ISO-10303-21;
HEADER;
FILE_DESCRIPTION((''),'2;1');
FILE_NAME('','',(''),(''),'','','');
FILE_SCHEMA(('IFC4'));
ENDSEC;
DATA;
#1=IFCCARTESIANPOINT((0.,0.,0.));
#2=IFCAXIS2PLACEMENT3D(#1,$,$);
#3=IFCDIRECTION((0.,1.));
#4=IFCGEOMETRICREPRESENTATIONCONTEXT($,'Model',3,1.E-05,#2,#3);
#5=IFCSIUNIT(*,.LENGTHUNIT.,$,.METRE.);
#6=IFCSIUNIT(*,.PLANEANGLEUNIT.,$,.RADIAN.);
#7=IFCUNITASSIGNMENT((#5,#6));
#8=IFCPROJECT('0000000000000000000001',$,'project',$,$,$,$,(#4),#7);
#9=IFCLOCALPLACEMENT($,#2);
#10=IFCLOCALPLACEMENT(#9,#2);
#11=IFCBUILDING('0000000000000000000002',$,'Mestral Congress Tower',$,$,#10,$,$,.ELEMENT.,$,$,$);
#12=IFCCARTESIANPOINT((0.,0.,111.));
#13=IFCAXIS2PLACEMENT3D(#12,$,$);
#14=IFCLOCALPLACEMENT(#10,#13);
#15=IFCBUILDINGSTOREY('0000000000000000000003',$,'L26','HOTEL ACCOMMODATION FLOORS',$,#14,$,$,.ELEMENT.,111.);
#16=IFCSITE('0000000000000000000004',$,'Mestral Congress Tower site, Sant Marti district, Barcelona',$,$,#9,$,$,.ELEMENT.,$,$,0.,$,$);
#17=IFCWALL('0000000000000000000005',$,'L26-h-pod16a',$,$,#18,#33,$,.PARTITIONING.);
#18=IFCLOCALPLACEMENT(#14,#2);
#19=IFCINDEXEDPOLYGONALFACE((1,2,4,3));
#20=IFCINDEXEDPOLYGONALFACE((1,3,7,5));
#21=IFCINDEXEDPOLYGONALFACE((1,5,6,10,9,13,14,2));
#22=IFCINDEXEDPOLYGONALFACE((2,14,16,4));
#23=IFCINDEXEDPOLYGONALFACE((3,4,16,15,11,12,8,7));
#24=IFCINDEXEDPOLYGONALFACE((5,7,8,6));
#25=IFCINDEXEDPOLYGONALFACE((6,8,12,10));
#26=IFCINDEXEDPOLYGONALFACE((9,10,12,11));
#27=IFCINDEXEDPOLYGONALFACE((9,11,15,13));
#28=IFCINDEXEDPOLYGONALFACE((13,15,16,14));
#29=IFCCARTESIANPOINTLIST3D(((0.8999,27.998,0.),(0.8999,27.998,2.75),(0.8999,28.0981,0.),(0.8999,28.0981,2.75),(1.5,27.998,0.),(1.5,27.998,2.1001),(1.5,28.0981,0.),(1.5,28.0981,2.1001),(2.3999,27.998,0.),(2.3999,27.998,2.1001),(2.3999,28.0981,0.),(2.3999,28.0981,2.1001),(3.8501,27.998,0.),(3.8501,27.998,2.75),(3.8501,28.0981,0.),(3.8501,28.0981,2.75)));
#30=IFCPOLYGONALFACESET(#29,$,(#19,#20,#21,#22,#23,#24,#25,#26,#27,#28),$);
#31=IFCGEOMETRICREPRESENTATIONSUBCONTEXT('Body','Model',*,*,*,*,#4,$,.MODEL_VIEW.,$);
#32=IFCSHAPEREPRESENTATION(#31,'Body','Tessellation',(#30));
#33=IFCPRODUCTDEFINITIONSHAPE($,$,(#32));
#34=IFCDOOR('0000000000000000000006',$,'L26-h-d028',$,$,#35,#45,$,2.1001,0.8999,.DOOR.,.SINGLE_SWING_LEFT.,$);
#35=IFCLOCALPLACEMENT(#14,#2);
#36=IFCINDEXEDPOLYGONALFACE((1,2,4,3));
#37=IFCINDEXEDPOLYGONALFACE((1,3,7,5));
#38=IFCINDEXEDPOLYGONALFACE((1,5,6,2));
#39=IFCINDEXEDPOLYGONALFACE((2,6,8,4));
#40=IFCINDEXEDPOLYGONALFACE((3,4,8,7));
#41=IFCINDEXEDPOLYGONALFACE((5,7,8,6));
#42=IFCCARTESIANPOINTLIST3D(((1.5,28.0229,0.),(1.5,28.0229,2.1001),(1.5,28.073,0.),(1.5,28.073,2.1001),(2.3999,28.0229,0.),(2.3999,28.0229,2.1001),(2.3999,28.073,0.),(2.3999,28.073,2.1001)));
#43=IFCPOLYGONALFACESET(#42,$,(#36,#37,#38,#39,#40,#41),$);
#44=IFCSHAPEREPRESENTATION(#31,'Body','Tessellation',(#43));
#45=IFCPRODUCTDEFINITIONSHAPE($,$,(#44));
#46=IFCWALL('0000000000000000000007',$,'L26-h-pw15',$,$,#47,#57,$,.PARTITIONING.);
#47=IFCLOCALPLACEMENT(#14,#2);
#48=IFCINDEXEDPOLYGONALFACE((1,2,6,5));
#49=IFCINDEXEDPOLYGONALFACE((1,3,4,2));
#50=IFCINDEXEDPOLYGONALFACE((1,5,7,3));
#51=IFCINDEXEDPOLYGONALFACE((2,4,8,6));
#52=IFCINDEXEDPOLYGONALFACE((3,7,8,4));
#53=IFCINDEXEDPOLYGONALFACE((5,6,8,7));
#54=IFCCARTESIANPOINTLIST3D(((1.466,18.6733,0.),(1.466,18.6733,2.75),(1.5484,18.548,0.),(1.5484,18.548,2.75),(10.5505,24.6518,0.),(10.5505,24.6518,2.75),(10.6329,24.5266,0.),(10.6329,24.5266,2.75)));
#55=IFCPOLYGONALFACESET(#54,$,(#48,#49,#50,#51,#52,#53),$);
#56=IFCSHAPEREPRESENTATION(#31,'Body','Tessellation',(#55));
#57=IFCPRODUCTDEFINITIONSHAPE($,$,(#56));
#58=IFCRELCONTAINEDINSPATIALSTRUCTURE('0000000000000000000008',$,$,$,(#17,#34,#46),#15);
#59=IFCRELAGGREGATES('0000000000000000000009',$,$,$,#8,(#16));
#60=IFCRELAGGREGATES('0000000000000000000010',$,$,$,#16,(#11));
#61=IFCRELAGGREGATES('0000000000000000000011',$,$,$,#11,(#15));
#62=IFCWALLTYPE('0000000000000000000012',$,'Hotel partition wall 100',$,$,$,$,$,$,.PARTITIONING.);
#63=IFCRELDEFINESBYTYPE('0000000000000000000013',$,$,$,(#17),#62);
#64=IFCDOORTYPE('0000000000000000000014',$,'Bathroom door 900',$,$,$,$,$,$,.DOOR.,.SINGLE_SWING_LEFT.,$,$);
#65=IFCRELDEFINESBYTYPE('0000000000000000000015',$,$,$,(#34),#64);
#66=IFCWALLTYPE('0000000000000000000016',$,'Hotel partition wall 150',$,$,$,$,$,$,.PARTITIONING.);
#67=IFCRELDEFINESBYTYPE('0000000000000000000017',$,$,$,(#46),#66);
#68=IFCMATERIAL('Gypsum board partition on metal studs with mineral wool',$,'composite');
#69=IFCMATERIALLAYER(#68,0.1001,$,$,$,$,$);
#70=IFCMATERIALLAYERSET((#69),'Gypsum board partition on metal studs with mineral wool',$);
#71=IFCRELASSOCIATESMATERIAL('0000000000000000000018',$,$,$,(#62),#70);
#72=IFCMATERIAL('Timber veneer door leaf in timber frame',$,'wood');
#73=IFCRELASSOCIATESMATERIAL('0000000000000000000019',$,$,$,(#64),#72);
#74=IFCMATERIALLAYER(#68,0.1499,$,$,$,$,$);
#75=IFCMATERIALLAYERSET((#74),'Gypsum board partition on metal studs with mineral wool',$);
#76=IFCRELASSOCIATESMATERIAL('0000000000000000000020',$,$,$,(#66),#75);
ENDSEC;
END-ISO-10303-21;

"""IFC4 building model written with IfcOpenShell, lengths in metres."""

from ifc_helpers import new_model, si_unit, direction, frame, frame_2d, origin, place, context, subcontext, project, spatial, rectangle, extrude, material, layer, layer_set, type_object, element, fill, save


model = new_model("IFC4")

# Units and contexts
model_context = context("Model", 3, precision=1e-05, world=origin(), true_north=direction((0.0, 1.0)))
body_context = subcontext(model_context, "Body", "Model", "MODEL_VIEW")
ifc_project = project(units=[si_unit("LENGTHUNIT", "METRE"), si_unit("PLANEANGLEUNIT", "RADIAN")], contexts=[model_context])

# Site, building, storey
site_placement = place(None, origin())
site = spatial("IfcSite", under=ifc_project, at=site_placement, Name="Mestral Congress Tower site, Sant Marti district, Barcelona", CompositionType="ELEMENT", RefElevation=0.0)
building_placement = place(site_placement, origin())
building = spatial("IfcBuilding", under=site, at=building_placement, Name="Mestral Congress Tower", CompositionType="ELEMENT")
storey_placement = place(building_placement, frame((0.0, 0.0, 111.0)))
storey = spatial("IfcBuildingStorey", under=building, at=storey_placement, Name="L26", Description="HOTEL ACCOMMODATION FLOORS", CompositionType="ELEMENT", Elevation=111.0)

# Shared definitions
ifc_material_1 = material(Name="Gypsum board partition on metal studs with mineral wool", Category="composite")
ifc_layer_1 = layer(ifc_material_1, 0.1001)
ifc_layer_set_1 = layer_set([ifc_layer_1], Name="Gypsum board partition on metal studs with mineral wool")
wall_type_1 = type_object("IfcWallType", Name="Hotel partition wall 100", PredefinedType="PARTITIONING", material=ifc_layer_set_1)
ifc_material_2 = material(Name="Timber veneer door leaf in timber frame", Category="wood")
door_type = type_object("IfcDoorType", Name="Bathroom door 900", OperationType="SINGLE_SWING_LEFT", PredefinedType="DOOR", material=ifc_material_2)

# Wall, opening, door
wall_1_placement = place(storey_placement, frame((0.8999, 28.0481, 0.0), z_axis=(0.0, 0.0, 1.0), x_axis=(1.0, 0.0, 0.0)))
wall_1 = element("IfcWall", 1, at=wall_1_placement, inside=storey, type_object=wall_type_1, Name="L26-h-pod16a", PredefinedType="PARTITIONING", context=body_context, shape_type="SweptSolid", body=[
    extrude(rectangle(XDim=2.9502, YDim=0.1001, at=frame_2d((1.4751, 0.0))), origin(), (0.0, 0.0, 1.0), 2.75),
])
opening_1_placement = place(wall_1_placement, frame((0.6001, 0.0, 0.0)))
opening_1 = element("IfcOpeningElement", 2, at=opening_1_placement, cuts=wall_1, PredefinedType="OPENING", context=body_context, shape_type="SweptSolid", body=[
    extrude(rectangle(XDim=0.8999, YDim=2.1001, at=frame_2d((0.45, 1.05))), frame((0.0, 0.0601, 0.0), z_axis=(0.0, -1.0, 0.0), x_axis=(1.0, 0.0, 0.0)), (0.0, 0.0, 1.0), 0.1201),
])
door_1_placement = place(opening_1_placement, origin())
door_1 = element("IfcDoor", 3, at=door_1_placement, inside=storey, type_object=door_type, Name="L26-h-d028", OperationType="SINGLE_SWING_LEFT", OverallHeight=2.1001, OverallWidth=0.8999, PredefinedType="DOOR", context=body_context, shape_type="SweptSolid", body=[
    extrude(rectangle(XDim=0.8999, YDim=2.1001, at=frame_2d((0.45, 1.05))), frame((0.0, 0.0249, 0.0), z_axis=(0.0, -1.0, 0.0), x_axis=(1.0, 0.0, 0.0)), (0.0, 0.0, 1.0), 0.05),
])
fill(opening_1, door_1)

# Wall
ifc_layer_2 = layer(ifc_material_1, 0.1499)
ifc_layer_set_2 = layer_set([ifc_layer_2], Name="Gypsum board partition on metal studs with mineral wool")
wall_type_2 = type_object("IfcWallType", Name="Hotel partition wall 150", PredefinedType="PARTITIONING", material=ifc_layer_set_2)
wall_2_placement = place(storey_placement, frame((10.5916, 24.5891, 0.0), z_axis=(0.0, 0.0, 1.0), x_axis=(-0.835337, -0.549738, 0.0)))
element("IfcWall", 4, at=wall_2_placement, inside=storey, type_object=wall_type_2, Name="L26-h-pw15", PredefinedType="PARTITIONING", context=body_context, shape_type="SweptSolid", body=[
    extrude(rectangle(XDim=10.8752, YDim=0.1499, at=frame_2d((5.4375, 0.0))), origin(), (0.0, 0.0, 1.0), 2.75),
])

save(model, "model.ifc")
